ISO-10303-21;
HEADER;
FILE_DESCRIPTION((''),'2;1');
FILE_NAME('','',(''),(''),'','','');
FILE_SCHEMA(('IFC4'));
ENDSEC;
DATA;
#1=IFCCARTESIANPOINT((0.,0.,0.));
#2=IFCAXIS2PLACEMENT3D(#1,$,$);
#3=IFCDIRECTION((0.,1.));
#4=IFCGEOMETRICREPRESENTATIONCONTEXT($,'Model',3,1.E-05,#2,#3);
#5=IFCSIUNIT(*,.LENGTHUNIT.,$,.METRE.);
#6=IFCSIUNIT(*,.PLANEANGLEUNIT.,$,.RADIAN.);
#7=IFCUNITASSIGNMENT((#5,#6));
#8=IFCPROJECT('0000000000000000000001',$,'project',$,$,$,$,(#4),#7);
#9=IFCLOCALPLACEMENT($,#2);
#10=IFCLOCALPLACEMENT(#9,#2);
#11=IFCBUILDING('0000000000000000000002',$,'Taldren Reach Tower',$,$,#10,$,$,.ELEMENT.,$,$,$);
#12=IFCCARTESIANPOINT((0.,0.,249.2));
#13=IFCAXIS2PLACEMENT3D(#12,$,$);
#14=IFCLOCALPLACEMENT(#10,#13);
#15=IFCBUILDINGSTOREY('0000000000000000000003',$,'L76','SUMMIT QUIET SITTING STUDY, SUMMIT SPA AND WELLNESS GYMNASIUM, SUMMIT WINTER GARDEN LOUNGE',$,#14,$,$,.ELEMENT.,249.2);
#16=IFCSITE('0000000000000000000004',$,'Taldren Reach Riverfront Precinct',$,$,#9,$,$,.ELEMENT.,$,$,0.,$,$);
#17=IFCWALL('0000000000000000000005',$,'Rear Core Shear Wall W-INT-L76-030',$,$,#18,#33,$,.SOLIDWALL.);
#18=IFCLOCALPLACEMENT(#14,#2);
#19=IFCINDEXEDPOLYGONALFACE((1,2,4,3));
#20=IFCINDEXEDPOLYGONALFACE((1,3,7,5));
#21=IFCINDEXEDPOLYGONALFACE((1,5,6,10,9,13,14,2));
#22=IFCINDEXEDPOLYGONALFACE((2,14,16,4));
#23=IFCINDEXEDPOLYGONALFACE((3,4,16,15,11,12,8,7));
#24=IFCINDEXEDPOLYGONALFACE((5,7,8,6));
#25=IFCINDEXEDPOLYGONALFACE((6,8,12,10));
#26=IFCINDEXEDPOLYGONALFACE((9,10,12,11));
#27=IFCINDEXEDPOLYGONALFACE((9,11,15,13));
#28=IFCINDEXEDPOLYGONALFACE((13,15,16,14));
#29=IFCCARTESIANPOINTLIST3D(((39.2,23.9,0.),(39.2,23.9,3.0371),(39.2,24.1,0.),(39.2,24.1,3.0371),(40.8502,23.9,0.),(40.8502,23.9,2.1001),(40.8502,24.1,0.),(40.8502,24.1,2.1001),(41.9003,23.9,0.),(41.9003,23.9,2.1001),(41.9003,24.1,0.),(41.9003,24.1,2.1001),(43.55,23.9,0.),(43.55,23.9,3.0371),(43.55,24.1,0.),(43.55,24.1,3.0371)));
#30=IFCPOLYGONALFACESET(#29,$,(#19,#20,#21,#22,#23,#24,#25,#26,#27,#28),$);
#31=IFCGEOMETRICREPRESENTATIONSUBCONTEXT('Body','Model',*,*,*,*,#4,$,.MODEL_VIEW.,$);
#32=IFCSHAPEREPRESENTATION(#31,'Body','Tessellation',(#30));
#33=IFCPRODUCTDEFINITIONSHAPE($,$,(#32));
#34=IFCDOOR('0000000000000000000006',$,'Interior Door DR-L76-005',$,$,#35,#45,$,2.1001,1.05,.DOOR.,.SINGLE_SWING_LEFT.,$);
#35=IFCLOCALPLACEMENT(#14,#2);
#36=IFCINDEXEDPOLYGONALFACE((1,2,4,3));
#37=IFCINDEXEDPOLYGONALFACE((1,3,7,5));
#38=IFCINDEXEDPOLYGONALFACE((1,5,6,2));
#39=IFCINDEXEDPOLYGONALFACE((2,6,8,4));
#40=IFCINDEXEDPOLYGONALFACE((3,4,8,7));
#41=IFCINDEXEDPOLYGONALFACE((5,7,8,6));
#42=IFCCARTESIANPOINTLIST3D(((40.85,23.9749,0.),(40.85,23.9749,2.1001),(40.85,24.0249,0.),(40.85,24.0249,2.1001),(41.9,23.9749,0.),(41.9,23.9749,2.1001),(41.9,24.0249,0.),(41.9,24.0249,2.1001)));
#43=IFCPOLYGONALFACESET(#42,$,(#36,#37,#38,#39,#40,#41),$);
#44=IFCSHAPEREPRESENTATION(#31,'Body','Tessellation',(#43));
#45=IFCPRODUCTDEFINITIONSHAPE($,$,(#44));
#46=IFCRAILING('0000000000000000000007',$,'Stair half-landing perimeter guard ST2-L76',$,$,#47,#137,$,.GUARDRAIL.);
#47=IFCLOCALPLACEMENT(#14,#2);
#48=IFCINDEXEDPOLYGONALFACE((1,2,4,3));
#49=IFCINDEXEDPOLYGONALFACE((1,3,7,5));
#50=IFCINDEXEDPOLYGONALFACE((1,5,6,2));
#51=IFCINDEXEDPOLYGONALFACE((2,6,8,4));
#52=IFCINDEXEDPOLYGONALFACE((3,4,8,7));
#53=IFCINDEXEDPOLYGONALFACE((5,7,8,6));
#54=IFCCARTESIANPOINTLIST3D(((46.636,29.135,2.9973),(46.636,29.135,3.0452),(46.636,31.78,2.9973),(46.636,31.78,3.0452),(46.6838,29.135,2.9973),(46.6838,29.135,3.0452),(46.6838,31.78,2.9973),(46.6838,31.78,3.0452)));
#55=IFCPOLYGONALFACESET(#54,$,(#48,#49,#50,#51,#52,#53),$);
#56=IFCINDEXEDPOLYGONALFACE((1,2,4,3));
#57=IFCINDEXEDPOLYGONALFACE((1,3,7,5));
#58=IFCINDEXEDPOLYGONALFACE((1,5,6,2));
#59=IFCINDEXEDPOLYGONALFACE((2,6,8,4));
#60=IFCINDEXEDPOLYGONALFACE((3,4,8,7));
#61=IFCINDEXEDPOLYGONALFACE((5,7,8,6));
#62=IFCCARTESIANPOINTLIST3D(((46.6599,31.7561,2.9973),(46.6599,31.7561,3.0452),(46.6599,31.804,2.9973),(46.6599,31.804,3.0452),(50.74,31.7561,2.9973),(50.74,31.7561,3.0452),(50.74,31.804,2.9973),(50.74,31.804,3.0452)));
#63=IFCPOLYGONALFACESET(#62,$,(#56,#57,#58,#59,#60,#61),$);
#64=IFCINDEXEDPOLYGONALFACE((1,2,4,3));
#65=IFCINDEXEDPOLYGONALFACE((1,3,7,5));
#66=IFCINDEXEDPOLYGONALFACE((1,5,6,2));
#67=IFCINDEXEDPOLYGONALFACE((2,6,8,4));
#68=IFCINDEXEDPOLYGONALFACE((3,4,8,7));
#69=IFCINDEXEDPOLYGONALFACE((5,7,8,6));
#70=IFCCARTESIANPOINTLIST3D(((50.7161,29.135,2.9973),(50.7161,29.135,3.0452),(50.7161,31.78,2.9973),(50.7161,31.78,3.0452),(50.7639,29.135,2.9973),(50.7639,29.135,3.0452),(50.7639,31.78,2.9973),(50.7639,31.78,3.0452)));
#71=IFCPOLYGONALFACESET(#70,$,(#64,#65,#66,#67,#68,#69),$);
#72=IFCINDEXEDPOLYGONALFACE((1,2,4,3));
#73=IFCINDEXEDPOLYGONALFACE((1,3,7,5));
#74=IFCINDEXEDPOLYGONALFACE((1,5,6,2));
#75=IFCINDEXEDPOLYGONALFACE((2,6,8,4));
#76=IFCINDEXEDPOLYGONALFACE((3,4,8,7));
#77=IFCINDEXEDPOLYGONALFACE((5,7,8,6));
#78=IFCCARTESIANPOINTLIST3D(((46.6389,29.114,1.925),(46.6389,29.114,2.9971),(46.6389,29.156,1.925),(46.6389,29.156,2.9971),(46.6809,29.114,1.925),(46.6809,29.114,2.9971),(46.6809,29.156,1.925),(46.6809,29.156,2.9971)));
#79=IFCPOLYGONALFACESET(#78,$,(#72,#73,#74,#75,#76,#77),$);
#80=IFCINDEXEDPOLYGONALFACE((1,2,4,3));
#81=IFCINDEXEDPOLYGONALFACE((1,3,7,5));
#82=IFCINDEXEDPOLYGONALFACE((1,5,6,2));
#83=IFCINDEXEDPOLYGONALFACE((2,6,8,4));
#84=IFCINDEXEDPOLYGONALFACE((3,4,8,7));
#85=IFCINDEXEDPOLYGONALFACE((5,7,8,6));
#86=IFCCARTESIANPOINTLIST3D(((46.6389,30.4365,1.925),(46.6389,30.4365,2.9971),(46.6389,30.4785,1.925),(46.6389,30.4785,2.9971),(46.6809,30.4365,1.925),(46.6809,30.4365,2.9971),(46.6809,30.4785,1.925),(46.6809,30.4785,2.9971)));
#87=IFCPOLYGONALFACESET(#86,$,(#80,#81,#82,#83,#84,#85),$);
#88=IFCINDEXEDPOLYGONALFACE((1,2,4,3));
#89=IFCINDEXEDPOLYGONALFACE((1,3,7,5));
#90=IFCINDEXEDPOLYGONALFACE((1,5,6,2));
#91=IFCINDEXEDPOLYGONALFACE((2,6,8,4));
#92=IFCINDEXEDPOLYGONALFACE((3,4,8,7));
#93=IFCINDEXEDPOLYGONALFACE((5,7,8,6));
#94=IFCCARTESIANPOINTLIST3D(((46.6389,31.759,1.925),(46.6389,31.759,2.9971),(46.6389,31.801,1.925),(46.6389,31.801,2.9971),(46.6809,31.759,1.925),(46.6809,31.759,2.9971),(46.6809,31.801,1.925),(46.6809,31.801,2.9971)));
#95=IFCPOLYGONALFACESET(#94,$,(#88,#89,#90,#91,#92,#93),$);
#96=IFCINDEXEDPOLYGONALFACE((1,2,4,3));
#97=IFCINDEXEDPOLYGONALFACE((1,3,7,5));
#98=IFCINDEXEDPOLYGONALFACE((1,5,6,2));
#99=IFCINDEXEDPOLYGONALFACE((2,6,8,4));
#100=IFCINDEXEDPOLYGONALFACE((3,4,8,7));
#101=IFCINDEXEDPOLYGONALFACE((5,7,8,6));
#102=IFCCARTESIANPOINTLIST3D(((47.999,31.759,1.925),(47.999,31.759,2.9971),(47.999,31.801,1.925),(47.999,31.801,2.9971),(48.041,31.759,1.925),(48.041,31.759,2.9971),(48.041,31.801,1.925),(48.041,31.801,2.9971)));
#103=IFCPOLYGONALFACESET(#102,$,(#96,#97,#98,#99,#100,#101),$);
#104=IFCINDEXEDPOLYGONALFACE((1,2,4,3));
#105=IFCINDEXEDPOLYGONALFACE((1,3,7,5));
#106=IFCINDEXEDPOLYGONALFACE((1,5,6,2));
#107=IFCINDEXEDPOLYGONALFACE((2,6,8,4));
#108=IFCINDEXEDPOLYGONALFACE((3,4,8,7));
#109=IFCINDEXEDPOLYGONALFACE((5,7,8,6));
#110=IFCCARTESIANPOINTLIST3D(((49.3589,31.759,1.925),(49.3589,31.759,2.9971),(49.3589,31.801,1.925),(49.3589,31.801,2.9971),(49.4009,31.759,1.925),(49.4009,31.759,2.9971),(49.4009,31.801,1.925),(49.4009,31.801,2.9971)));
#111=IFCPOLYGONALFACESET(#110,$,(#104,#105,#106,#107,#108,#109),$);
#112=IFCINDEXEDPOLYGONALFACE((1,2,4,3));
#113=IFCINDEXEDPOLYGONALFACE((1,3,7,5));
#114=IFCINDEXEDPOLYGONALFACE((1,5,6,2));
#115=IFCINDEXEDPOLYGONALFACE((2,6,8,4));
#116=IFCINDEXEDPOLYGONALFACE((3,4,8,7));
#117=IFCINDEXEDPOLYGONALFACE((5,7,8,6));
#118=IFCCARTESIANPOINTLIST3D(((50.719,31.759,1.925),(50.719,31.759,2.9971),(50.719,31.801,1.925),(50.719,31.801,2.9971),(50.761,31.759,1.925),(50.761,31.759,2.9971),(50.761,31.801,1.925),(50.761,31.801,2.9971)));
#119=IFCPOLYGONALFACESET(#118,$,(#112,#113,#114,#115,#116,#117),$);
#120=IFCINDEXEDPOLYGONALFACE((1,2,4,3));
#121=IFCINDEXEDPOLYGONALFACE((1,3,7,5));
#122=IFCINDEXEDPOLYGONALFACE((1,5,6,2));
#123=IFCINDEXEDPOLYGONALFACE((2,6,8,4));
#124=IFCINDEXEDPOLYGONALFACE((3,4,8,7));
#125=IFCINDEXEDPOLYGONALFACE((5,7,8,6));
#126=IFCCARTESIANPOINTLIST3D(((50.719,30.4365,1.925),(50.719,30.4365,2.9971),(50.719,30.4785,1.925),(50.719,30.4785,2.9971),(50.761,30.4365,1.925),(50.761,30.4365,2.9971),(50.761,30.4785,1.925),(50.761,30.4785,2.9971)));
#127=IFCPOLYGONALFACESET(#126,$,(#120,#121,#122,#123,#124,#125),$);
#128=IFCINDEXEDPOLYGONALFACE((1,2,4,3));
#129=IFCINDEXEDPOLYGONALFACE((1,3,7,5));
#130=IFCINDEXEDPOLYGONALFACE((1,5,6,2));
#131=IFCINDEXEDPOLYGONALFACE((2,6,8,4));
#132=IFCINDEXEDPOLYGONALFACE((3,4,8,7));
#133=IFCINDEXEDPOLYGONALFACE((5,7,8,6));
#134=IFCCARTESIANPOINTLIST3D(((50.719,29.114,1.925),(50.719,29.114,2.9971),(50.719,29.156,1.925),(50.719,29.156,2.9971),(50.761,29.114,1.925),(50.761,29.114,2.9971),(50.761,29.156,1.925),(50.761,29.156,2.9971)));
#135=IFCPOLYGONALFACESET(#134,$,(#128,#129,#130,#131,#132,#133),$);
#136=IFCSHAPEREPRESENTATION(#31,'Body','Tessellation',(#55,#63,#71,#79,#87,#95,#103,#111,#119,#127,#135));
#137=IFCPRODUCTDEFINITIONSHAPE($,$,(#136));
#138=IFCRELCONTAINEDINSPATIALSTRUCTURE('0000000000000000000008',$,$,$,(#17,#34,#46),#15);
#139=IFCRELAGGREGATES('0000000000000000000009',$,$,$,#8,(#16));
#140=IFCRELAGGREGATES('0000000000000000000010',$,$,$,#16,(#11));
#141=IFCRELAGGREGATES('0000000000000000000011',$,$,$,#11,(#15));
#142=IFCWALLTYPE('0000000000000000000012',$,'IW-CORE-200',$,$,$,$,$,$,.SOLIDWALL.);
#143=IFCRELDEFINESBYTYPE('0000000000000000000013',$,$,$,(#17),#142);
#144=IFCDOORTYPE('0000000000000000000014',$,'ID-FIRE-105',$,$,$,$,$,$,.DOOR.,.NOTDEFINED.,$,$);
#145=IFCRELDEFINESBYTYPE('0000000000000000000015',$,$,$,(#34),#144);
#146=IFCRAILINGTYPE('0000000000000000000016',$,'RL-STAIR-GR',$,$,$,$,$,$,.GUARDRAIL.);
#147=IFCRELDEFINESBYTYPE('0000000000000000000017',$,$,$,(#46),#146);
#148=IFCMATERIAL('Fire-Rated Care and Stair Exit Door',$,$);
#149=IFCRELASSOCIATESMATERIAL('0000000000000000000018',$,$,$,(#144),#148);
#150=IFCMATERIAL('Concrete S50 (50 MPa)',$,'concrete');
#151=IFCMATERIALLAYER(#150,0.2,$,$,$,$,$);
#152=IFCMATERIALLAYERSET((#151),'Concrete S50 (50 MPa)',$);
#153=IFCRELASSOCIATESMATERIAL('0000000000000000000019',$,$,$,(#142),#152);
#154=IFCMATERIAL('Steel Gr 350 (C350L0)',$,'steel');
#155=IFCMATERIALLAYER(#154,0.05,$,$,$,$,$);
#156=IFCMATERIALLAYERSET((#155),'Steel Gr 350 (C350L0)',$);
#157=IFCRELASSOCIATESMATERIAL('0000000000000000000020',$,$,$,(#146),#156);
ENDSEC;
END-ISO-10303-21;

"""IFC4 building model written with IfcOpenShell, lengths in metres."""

from ifc_helpers import new_model, si_unit, direction, frame, frame_2d, origin, origin_2d, place, context, subcontext, project, spatial, rectangle, extrude, source, transform, mapped, material, layer, layer_set, type_object, element, fill, save


model = new_model("IFC4")

# Units and contexts
model_context = context("Model", 3, precision=1e-05, world=origin(), true_north=direction((0.0, 1.0)))
body_context = subcontext(model_context, "Body", "Model", "MODEL_VIEW")
ifc_project = project(units=[si_unit("LENGTHUNIT", "METRE"), si_unit("PLANEANGLEUNIT", "RADIAN")], contexts=[model_context])

# Site, building, storey
site_placement = place(None, origin())
site = spatial("IfcSite", under=ifc_project, at=site_placement, Name="Taldren Reach Riverfront Precinct", CompositionType="ELEMENT", RefElevation=0.0)
building_placement = place(site_placement, origin())
building = spatial("IfcBuilding", under=site, at=building_placement, Name="Taldren Reach Tower", CompositionType="ELEMENT")
storey_placement = place(building_placement, frame((0.0, 0.0, 249.2)))
storey = spatial("IfcBuildingStorey", under=building, at=storey_placement, Name="L76", Description="SUMMIT QUIET SITTING STUDY, SUMMIT SPA AND WELLNESS GYMNASIUM, SUMMIT WINTER GARDEN LOUNGE", CompositionType="ELEMENT", Elevation=249.2)

# Shared definitions
ifc_material_1 = material(Name="Steel Gr 350 (C350L0)", Category="steel")

# Shared definitions
ifc_material_2 = material(Name="Fire-Rated Care and Stair Exit Door")
door_type_1 = type_object("IfcDoorType", Name="ID-FIRE-105", OperationType="NOTDEFINED", PredefinedType="DOOR", material=ifc_material_2)
shared_shape_1 = source(origin(), body_context, "Body", "SweptSolid", [
    extrude(rectangle(XDim=1.05, YDim=2.1001, at=frame_2d((0.5249, 1.05))), frame((0.0, 0.0249, 0.0), z_axis=(0.0, -1.0, 0.0), x_axis=(1.0, 0.0, 0.0)), (0.0, 0.0, 1.0), 0.05),
])

# Shared definitions
ifc_material_3 = material(Name="Concrete S50 (50 MPa)", Category="concrete")
ifc_layer_1 = layer(ifc_material_3, 0.2)
ifc_layer_set_1 = layer_set([ifc_layer_1], Name="Concrete S50 (50 MPa)")
wall_type_1 = type_object("IfcWallType", Name="IW-CORE-200", PredefinedType="SOLIDWALL", material=ifc_layer_set_1)

# Wall, opening, door
shared_shape_2 = source(origin(), body_context, "Body", "SweptSolid", [
    extrude(rectangle(XDim=1.05, YDim=2.1001, at=frame_2d((0.5249, 1.05))), frame((0.0, 0.1099, 0.0), z_axis=(0.0, -1.0, 0.0), x_axis=(1.0, 0.0, 0.0)), (0.0, 0.0, 1.0), 0.22),
])
shared_shape_3 = source(origin(), body_context, "Body", "SweptSolid", [
    extrude(rectangle(XDim=4.3501, YDim=0.2, at=frame_2d((2.175, 0.0))), origin(), (0.0, 0.0, 1.0), 3.0371),
])
wall_1_placement = place(storey_placement, frame((43.55, 24.0, 0.0), z_axis=(0.0, 0.0, 1.0), x_axis=(-1.0, 0.0, 0.0)))
wall_1 = element("IfcWall", 1, at=wall_1_placement, inside=storey, type_object=wall_type_1, Name="Rear Core Shear Wall W-INT-L76-030", PredefinedType="SOLIDWALL", context=body_context, shape_type="MappedRepresentation", body=[
    mapped(shared_shape_3, transform((0.0, 0.0, 0.0), scale=1.0)),
])
opening_1_placement = place(wall_1_placement, frame((1.6499, 0.0, 0.0)))
opening_1 = element("IfcOpeningElement", 2, at=opening_1_placement, cuts=wall_1, PredefinedType="OPENING", context=body_context, shape_type="MappedRepresentation", body=[
    mapped(shared_shape_2, transform((0.0, 0.0, 0.0), scale=1.0)),
])
door_1_placement = place(opening_1_placement, frame((1.05, 0.0, 0.0), z_axis=(0.0, 0.0, 1.0), x_axis=(-1.0, 0.0, 0.0)))
door_1 = element("IfcDoor", 3, at=door_1_placement, inside=storey, type_object=door_type_1, Name="Interior Door DR-L76-005", OperationType="SINGLE_SWING_LEFT", OverallHeight=2.1001, OverallWidth=1.05, PredefinedType="DOOR", context=body_context, shape_type="MappedRepresentation", body=[
    mapped(shared_shape_1, transform((0.0, 0.0, 0.0), scale=1.0)),
])
fill(opening_1, door_1)

# Railing
ifc_layer_2 = layer(ifc_material_1, 0.05)
ifc_layer_set_2 = layer_set([ifc_layer_2], Name="Steel Gr 350 (C350L0)")
railing_type_1 = type_object("IfcRailingType", Name="RL-STAIR-GR", PredefinedType="GUARDRAIL", material=ifc_layer_set_2)
railing_1_placement = place(storey_placement, frame((46.6599, 29.135, 1.925)))
element("IfcRailing", 4, at=railing_1_placement, inside=storey, type_object=railing_type_1, Name="Stair half-landing perimeter guard ST2-L76", PredefinedType="GUARDRAIL", context=body_context, shape_type="SweptSolid", body=[
    extrude(rectangle(XDim=0.0479, YDim=0.0479, at=origin_2d()), frame((0.0, 0.0, 1.0962), z_axis=(0.0, 1.0, 0.0), x_axis=(-1.0, 0.0, 0.0)), (0.0, 0.0, 1.0), 2.645),
    extrude(rectangle(XDim=0.0479, YDim=0.0479, at=origin_2d()), frame((0.0, 2.645, 1.0962), z_axis=(1.0, 0.0, 0.0), x_axis=(0.0, 1.0, 0.0)), (0.0, 0.0, 1.0), 4.0801),
    extrude(rectangle(XDim=0.0479, YDim=0.0479, at=origin_2d()), frame((4.0801, 2.645, 1.0962), z_axis=(0.0, -1.0, 0.0), x_axis=(1.0, 0.0, 0.0)), (0.0, 0.0, 1.0), 2.645),
    extrude(rectangle(XDim=0.042, YDim=0.042, at=origin_2d()), origin(), (0.0, 0.0, 1.0), 1.072),
    extrude(rectangle(XDim=0.042, YDim=0.042, at=origin_2d()), frame((0.0, 1.3225, 0.0)), (0.0, 0.0, 1.0), 1.072),
    extrude(rectangle(XDim=0.042, YDim=0.042, at=origin_2d()), frame((0.0, 2.645, 0.0)), (0.0, 0.0, 1.0), 1.072),
    extrude(rectangle(XDim=0.042, YDim=0.042, at=origin_2d()), frame((1.3601, 2.645, 0.0)), (0.0, 0.0, 1.0), 1.072),
    extrude(rectangle(XDim=0.042, YDim=0.042, at=origin_2d()), frame((2.72, 2.645, 0.0)), (0.0, 0.0, 1.0), 1.072),
    extrude(rectangle(XDim=0.042, YDim=0.042, at=origin_2d()), frame((4.0801, 2.645, 0.0)), (0.0, 0.0, 1.0), 1.072),
    extrude(rectangle(XDim=0.042, YDim=0.042, at=origin_2d()), frame((4.0801, 1.3225, 0.0)), (0.0, 0.0, 1.0), 1.072),
    extrude(rectangle(XDim=0.042, YDim=0.042, at=origin_2d()), frame((4.0801, 0.0, 0.0)), (0.0, 0.0, 1.0), 1.072),
])

save(model, "model.ifc")
